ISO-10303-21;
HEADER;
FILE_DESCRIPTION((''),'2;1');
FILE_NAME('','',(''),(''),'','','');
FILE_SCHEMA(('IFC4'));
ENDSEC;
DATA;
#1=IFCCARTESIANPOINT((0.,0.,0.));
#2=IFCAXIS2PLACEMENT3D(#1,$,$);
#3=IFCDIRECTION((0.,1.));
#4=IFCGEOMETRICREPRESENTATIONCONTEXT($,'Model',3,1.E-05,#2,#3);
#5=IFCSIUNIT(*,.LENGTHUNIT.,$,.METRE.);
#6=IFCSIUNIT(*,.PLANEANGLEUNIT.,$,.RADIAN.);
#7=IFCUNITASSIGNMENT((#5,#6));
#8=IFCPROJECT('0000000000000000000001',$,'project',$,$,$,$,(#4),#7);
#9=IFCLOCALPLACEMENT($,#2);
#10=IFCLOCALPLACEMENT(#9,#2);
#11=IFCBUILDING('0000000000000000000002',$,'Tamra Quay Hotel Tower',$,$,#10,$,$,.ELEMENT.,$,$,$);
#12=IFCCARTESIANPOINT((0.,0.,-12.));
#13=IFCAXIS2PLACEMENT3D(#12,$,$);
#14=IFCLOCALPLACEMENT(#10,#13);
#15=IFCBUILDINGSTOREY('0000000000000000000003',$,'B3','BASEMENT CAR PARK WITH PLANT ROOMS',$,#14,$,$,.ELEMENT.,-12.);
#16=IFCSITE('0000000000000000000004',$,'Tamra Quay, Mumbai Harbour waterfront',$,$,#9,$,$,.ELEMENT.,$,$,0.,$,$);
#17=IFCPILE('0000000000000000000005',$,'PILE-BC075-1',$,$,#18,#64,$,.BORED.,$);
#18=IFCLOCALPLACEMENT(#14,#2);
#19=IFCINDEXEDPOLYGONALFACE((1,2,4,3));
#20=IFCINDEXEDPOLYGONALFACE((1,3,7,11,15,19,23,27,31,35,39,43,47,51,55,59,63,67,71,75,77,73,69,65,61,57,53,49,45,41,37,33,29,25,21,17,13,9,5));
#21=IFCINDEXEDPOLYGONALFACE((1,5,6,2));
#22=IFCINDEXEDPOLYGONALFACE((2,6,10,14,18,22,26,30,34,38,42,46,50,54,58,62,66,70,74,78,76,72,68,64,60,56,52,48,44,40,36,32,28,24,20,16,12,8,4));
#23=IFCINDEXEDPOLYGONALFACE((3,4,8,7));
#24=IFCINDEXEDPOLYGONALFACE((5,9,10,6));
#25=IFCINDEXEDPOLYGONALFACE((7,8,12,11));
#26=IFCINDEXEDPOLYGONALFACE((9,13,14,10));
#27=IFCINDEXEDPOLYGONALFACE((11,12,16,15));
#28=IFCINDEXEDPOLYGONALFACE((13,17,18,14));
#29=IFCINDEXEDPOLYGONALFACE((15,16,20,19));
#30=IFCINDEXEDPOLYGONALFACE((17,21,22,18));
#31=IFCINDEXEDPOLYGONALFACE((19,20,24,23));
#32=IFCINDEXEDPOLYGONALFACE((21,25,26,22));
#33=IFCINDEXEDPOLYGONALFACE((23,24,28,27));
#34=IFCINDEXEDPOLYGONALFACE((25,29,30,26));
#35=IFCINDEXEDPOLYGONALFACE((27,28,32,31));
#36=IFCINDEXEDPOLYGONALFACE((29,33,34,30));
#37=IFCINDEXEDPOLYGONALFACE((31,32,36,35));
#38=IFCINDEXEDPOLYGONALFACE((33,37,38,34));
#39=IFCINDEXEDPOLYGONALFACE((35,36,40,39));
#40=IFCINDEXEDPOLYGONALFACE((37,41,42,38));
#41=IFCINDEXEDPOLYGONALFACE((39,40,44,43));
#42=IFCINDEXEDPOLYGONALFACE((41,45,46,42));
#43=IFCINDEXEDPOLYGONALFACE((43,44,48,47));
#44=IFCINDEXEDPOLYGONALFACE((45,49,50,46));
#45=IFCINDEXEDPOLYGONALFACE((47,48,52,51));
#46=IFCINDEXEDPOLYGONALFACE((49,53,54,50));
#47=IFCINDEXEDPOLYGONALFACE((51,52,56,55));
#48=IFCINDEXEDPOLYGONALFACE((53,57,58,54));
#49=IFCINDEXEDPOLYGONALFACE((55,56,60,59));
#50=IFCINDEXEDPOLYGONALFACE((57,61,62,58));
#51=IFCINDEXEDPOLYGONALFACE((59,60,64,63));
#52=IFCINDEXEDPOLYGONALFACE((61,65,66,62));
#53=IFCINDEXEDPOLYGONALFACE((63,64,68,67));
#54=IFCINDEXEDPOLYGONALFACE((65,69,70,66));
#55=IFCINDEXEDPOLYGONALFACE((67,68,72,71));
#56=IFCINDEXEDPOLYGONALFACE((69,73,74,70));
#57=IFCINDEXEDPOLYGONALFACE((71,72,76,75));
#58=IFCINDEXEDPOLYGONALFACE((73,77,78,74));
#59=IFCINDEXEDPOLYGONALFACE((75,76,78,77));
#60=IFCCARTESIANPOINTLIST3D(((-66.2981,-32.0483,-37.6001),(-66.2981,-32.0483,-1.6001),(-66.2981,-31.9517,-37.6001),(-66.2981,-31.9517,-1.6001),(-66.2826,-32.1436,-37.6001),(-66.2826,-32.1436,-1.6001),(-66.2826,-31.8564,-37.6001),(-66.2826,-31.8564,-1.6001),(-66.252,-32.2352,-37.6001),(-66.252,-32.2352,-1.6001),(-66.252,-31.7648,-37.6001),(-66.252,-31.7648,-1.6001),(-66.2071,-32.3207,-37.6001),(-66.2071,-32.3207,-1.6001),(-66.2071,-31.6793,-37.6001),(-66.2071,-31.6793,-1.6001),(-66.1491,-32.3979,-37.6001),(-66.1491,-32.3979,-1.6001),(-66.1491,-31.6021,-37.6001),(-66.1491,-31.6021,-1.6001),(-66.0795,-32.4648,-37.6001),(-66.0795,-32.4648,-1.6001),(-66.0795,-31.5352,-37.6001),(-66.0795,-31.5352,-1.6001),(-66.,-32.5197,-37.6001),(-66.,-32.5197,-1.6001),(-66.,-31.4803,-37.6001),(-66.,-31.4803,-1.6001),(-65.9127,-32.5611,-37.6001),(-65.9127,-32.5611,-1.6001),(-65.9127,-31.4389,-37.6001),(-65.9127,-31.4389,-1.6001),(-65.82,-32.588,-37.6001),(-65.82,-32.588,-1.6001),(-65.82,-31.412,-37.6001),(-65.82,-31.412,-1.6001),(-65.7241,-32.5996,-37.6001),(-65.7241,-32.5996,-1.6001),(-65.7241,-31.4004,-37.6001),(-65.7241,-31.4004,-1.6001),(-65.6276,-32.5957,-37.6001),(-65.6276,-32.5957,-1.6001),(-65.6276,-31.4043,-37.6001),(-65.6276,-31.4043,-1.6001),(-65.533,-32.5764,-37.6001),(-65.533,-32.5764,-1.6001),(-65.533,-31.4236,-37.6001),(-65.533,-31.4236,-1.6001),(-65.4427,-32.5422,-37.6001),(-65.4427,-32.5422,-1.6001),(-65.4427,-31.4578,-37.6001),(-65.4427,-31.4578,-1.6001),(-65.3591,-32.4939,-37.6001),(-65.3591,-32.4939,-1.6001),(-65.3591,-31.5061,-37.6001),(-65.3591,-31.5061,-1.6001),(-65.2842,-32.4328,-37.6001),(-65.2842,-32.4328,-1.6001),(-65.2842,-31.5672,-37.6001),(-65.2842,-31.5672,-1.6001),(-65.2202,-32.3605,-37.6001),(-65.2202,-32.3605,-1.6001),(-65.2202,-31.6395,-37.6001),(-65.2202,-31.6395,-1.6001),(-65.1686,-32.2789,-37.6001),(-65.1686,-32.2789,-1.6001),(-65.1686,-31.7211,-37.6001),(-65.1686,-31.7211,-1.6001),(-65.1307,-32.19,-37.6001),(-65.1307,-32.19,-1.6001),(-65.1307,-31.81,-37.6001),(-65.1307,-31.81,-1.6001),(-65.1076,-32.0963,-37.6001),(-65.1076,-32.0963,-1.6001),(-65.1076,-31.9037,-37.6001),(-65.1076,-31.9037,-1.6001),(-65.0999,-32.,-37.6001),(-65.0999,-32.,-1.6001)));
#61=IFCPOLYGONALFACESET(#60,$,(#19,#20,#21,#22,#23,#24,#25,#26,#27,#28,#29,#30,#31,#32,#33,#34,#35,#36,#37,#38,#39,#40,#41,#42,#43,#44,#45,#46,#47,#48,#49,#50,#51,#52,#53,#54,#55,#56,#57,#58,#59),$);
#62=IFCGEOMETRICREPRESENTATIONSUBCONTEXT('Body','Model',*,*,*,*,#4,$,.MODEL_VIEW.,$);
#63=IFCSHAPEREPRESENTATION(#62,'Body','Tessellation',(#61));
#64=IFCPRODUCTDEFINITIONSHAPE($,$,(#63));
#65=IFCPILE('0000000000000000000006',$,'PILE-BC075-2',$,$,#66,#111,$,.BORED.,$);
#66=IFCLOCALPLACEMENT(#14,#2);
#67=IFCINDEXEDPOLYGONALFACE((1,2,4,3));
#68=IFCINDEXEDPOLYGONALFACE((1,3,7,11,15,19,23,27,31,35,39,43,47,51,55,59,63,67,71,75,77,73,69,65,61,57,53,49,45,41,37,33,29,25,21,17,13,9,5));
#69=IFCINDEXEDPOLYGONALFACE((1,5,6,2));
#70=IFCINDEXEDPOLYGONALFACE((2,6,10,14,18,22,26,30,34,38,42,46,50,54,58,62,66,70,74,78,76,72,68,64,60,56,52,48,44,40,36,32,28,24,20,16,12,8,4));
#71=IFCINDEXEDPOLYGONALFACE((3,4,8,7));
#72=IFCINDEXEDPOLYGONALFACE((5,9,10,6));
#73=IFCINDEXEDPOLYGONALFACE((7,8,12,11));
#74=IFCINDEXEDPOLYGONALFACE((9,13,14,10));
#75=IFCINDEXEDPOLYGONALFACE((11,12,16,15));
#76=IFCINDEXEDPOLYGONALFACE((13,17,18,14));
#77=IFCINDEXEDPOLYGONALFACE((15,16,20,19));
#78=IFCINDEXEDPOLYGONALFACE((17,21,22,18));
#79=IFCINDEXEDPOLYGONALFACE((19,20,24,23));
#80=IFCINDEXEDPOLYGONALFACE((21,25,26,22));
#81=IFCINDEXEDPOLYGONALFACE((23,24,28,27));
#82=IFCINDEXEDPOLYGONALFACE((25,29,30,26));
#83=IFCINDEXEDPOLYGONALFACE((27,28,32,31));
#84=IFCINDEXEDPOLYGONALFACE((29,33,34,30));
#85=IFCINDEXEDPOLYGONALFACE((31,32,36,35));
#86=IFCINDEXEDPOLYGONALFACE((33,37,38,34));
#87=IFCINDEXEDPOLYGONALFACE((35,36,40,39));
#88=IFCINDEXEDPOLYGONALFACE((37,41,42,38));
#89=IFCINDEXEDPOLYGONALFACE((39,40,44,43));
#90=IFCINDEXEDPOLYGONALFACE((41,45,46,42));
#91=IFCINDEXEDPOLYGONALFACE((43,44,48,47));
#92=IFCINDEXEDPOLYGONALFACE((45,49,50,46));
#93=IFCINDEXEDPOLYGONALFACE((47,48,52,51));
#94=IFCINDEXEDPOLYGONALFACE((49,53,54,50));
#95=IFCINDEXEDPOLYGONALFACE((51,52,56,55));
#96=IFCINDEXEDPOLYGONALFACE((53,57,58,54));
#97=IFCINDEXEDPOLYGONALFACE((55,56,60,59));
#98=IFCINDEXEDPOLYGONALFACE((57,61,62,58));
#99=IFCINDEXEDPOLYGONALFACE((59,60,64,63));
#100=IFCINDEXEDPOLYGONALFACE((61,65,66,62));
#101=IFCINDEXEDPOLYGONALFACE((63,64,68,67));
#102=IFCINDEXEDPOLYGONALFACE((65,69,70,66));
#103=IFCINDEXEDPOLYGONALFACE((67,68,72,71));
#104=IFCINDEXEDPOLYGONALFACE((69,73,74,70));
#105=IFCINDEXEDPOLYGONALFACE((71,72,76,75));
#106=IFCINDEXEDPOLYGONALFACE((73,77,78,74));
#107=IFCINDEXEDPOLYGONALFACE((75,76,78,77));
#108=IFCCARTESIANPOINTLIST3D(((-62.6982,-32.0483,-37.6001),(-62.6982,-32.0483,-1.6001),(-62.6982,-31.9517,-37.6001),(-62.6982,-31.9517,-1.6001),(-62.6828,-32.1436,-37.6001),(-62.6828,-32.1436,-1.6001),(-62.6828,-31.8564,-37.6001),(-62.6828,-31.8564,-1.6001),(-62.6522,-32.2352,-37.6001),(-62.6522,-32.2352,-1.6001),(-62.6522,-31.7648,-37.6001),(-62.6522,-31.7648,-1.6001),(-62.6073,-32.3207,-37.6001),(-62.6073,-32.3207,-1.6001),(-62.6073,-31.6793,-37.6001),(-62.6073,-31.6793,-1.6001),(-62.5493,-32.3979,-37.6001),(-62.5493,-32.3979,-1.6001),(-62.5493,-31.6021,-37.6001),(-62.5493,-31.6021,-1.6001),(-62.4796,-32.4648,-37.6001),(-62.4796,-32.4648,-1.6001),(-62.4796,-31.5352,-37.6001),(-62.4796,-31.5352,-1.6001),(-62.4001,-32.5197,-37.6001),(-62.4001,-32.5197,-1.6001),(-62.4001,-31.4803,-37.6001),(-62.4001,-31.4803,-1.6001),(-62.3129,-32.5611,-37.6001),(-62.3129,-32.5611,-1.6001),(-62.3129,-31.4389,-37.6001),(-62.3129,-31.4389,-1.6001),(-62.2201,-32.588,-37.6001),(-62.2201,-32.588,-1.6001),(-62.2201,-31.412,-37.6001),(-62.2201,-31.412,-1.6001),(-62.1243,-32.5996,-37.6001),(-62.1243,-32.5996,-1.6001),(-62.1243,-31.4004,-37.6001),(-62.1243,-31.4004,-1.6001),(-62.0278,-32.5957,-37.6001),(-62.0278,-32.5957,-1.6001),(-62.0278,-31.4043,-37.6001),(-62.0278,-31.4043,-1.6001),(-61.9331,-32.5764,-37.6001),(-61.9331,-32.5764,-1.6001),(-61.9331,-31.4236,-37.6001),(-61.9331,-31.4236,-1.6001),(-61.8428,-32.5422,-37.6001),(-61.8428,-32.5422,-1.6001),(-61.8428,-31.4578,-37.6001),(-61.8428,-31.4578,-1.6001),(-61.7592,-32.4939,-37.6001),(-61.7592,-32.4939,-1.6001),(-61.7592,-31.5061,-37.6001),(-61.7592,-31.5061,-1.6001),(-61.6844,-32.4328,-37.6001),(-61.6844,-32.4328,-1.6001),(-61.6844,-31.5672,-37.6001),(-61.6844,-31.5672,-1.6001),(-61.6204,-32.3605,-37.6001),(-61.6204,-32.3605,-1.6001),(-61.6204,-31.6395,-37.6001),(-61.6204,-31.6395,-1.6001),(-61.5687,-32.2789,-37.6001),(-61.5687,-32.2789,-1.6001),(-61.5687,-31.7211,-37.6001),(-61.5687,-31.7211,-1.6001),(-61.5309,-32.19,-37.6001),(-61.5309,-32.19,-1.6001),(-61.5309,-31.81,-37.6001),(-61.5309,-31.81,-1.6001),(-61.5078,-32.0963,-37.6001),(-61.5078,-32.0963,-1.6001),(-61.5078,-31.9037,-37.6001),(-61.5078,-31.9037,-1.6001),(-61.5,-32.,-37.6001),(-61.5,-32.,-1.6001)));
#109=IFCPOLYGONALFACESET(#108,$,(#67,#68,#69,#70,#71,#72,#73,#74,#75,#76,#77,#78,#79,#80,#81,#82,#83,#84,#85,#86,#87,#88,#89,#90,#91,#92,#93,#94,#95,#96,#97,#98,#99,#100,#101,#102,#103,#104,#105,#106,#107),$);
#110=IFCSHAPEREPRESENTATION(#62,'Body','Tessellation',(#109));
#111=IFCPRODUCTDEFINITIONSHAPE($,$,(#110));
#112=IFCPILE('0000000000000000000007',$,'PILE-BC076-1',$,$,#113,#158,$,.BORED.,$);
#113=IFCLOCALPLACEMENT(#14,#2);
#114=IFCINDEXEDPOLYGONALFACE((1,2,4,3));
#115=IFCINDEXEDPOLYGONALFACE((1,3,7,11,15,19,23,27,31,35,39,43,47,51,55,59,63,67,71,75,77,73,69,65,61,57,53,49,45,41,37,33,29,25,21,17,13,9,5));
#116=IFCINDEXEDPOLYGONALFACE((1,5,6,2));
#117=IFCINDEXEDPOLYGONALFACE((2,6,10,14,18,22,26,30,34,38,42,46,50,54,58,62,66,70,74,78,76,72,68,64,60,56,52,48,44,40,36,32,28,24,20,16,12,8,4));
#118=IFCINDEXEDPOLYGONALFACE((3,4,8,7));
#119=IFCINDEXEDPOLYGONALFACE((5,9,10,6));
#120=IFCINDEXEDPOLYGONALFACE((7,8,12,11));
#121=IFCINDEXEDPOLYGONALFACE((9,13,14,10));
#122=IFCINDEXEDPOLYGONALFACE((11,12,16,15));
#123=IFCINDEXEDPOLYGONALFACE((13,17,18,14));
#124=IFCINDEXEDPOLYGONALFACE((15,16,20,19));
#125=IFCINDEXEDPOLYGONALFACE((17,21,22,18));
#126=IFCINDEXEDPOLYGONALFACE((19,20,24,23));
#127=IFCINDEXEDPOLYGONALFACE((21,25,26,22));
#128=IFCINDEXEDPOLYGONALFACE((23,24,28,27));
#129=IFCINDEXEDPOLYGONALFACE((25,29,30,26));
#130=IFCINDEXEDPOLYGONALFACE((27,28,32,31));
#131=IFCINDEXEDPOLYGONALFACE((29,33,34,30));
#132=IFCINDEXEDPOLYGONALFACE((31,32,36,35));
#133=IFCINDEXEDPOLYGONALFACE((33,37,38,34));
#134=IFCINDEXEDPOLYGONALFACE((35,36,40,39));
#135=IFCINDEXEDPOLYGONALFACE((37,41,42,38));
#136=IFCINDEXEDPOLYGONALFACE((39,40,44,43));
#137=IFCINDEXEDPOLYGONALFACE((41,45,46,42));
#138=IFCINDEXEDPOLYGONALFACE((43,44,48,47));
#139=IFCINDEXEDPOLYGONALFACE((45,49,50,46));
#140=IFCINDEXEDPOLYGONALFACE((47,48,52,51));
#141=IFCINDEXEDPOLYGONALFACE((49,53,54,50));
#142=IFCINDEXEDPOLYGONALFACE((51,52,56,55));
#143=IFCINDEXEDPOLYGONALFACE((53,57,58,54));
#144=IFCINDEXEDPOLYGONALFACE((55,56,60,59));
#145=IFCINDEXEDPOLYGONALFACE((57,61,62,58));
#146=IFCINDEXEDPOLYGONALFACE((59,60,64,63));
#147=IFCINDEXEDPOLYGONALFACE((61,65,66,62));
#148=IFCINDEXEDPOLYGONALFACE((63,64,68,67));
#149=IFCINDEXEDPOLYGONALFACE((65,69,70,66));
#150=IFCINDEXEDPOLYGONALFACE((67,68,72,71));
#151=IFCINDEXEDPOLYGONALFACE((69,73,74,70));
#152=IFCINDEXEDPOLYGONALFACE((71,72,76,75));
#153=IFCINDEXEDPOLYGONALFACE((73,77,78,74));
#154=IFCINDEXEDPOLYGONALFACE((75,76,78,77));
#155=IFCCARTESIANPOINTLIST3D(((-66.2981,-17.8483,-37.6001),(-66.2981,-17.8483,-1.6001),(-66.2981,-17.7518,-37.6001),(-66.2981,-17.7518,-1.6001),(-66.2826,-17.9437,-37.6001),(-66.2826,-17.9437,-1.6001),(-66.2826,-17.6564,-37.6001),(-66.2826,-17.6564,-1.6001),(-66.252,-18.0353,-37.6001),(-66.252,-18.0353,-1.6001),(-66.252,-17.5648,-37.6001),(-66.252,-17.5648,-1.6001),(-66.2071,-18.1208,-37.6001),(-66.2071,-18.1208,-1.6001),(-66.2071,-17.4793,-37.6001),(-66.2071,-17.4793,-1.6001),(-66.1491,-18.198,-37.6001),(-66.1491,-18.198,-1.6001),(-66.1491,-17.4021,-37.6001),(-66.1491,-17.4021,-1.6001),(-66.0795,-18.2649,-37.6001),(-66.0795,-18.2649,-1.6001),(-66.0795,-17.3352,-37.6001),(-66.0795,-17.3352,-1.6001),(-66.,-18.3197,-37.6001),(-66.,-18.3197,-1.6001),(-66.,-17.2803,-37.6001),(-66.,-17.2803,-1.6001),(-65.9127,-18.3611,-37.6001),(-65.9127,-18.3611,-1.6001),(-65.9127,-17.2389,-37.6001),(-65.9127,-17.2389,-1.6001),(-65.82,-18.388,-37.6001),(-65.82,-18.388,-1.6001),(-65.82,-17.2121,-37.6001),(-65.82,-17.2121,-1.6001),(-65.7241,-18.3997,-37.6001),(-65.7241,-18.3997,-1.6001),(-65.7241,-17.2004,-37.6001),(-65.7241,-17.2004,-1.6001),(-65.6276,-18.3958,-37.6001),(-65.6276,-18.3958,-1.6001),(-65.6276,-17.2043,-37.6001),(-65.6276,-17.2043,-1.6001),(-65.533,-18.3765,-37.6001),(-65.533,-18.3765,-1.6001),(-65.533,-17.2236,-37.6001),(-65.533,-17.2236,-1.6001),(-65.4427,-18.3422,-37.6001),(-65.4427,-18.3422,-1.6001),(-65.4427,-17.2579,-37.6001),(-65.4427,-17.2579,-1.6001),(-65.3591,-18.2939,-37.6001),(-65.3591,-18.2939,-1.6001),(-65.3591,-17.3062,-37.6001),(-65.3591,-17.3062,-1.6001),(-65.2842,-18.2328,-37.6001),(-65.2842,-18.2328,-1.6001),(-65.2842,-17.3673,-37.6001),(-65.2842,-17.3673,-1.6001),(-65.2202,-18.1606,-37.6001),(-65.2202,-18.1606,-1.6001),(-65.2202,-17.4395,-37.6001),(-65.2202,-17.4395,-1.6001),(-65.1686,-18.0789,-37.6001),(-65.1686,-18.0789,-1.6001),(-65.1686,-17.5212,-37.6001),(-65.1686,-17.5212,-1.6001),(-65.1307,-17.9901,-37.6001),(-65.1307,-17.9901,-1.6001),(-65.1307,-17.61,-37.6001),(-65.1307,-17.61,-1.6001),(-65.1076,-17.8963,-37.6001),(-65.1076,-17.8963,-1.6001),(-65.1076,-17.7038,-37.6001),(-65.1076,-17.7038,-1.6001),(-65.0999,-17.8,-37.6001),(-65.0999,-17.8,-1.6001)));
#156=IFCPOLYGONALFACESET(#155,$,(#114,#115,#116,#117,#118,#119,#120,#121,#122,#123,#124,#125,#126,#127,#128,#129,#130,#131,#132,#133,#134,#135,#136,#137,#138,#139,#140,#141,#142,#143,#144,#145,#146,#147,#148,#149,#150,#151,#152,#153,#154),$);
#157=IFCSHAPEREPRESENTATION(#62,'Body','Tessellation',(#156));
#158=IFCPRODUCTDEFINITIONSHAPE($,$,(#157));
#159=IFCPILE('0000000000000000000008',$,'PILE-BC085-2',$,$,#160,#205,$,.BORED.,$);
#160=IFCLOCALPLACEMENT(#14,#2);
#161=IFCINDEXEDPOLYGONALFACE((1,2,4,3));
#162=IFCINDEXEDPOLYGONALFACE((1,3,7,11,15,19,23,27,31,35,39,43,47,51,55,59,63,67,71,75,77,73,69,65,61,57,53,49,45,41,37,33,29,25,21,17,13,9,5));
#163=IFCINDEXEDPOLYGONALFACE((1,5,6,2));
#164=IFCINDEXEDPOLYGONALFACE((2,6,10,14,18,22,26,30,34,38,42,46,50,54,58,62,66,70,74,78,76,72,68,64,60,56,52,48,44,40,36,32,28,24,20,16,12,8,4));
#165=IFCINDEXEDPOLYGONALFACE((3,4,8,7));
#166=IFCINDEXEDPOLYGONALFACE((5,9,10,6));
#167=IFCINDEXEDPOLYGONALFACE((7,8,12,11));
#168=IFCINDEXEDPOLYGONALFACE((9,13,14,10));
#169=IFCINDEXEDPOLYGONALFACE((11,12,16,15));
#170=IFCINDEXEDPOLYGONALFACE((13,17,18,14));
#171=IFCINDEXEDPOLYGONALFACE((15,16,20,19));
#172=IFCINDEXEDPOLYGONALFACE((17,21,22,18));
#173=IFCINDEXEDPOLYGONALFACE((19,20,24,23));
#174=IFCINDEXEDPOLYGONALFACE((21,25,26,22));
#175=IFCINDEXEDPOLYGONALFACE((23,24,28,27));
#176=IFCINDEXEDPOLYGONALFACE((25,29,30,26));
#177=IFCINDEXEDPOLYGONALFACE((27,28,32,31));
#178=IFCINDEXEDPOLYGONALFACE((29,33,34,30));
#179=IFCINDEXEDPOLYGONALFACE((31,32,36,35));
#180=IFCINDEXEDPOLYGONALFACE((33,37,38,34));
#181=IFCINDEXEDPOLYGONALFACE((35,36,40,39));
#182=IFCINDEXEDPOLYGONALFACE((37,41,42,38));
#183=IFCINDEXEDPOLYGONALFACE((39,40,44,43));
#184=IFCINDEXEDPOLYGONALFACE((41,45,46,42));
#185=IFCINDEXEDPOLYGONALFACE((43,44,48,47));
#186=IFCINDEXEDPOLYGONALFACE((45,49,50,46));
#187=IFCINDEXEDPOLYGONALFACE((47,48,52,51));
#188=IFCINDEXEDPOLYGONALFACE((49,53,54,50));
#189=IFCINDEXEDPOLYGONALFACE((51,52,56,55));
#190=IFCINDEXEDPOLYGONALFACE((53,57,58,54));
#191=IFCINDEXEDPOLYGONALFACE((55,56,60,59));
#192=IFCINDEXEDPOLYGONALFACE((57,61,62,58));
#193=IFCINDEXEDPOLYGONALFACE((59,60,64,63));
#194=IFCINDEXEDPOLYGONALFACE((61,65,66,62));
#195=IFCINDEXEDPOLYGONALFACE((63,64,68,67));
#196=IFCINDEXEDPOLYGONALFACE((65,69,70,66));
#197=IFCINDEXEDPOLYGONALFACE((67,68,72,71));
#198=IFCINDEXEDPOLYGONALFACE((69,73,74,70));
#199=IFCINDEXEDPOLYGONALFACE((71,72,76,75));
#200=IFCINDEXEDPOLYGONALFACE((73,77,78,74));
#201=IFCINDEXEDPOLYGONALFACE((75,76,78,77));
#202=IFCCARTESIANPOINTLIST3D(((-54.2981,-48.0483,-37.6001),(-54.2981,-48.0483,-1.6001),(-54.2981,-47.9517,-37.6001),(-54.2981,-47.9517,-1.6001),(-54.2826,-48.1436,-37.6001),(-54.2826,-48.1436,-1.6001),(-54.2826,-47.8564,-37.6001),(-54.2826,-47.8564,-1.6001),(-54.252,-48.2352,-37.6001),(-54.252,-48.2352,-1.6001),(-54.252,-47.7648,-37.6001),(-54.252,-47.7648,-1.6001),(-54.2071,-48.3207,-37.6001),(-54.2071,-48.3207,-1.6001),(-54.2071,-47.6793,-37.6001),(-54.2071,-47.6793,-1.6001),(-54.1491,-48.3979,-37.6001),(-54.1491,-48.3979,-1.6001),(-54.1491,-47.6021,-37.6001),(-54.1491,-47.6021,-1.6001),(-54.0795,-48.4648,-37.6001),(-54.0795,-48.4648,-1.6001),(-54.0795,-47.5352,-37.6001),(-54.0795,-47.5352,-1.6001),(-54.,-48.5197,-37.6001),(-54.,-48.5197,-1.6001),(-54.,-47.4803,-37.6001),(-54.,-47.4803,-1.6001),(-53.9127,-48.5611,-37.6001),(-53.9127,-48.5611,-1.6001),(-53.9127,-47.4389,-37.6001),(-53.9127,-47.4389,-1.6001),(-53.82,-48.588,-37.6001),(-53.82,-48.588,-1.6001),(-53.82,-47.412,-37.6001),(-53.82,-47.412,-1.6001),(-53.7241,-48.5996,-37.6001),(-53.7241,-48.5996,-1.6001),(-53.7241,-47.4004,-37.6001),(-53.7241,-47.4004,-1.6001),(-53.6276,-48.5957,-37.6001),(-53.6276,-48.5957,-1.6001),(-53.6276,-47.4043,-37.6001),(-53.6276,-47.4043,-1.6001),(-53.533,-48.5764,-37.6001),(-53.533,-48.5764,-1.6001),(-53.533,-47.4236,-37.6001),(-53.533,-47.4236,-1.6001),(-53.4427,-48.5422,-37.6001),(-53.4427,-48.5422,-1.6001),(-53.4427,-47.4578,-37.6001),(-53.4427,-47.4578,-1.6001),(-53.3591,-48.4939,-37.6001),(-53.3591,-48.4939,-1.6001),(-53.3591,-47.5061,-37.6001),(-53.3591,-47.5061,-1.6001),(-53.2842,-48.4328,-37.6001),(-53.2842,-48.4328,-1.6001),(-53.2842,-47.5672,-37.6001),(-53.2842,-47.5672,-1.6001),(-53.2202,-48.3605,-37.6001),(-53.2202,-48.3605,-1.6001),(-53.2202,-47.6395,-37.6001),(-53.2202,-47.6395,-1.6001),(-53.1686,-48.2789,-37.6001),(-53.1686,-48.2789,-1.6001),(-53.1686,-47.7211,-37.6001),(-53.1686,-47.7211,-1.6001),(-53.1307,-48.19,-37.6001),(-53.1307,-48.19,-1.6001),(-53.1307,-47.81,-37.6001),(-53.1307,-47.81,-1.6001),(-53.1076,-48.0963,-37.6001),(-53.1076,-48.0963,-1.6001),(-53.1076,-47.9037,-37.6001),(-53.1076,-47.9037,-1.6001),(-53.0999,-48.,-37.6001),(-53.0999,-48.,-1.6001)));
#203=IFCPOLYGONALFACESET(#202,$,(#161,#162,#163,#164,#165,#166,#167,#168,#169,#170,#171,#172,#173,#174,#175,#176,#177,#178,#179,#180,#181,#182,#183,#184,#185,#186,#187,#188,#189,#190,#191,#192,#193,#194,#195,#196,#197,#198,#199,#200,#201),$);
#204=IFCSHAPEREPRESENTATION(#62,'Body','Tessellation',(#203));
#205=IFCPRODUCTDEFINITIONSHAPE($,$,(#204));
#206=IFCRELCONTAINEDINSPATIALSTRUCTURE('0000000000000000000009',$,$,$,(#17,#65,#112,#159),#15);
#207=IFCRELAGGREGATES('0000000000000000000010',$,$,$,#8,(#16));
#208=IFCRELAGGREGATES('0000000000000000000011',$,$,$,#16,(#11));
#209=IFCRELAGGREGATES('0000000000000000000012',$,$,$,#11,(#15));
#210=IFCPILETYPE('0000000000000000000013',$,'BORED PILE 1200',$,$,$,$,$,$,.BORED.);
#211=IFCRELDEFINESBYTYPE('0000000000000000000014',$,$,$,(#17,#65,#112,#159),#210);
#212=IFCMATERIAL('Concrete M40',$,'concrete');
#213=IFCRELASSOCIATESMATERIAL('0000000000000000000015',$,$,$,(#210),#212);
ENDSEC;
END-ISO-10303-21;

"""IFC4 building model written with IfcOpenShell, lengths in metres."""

from ifc_helpers import new_model, si_unit, direction, frame, origin, origin_2d, place, context, subcontext, project, spatial, circle, extrude, material, material_profile, profile_set, type_object, element, save


model = new_model("IFC4")

# Units and contexts
model_context = context("Model", 3, precision=1e-05, world=origin(), true_north=direction((0.0, 1.0)))
body_context = subcontext(model_context, "Body", "Model", "MODEL_VIEW")
ifc_project = project(units=[si_unit("LENGTHUNIT", "METRE"), si_unit("PLANEANGLEUNIT", "RADIAN")], contexts=[model_context])

# Site, building, storey
site_placement = place(None, origin())
site = spatial("IfcSite", under=ifc_project, at=site_placement, Name="Tamra Quay, Mumbai Harbour waterfront", CompositionType="ELEMENT", RefElevation=0.0)
building_placement = place(site_placement, origin())
building = spatial("IfcBuilding", under=site, at=building_placement, Name="Tamra Quay Hotel Tower", CompositionType="ELEMENT")
storey_placement = place(building_placement, frame((0.0, 0.0, -12.0)))
storey = spatial("IfcBuildingStorey", under=building, at=storey_placement, Name="B3", Description="BASEMENT CAR PARK WITH PLANT ROOMS", CompositionType="ELEMENT", Elevation=-12.0)

# Piles
ifc_material_1 = material(Name="Concrete M40", Category="concrete")
ifc_material_profile_1 = material_profile(ifc_material_1, circle(Radius=0.6001, at=origin_2d()), Name="BORED PILE 1200")
ifc_profile_set_1 = profile_set([ifc_material_profile_1], Name="Concrete M40")
pile_type = type_object("IfcPileType", Name="BORED PILE 1200", PredefinedType="BORED", material=ifc_profile_set_1)
for number, where, z_axis, x_axis, name in (
    (1, (-65.7, -32.0, -1.6001), (0.0, 0.0, -1.0), (1.0, 0.0, 0.0), "PILE-BC075-1"),
    (2, (-62.1001, -32.0, -1.6001), (0.0, 0.0, -1.0), (1.0, 0.0, 0.0), "PILE-BC075-2"),
    (3, (-65.7, -17.8, -1.6001), (0.0, 0.0, -1.0), (1.0, 0.0, 0.0), "PILE-BC076-1"),
    (4, (-53.7, -48.0, -1.6001), (0.0, 0.0, -1.0), (1.0, 0.0, 0.0), "PILE-BC085-2"),
):
    element("IfcPile", number, at=place(storey_placement, frame(where, z_axis=z_axis, x_axis=x_axis)), inside=storey, type_object=pile_type, Name=name, PredefinedType="BORED", context=body_context, shape_type="SweptSolid", body=[
        extrude(circle(Radius=0.6001, at=origin_2d()), origin(), (0.0, 0.0, 1.0), 36.0),
    ])

save(model, "model.ifc")
